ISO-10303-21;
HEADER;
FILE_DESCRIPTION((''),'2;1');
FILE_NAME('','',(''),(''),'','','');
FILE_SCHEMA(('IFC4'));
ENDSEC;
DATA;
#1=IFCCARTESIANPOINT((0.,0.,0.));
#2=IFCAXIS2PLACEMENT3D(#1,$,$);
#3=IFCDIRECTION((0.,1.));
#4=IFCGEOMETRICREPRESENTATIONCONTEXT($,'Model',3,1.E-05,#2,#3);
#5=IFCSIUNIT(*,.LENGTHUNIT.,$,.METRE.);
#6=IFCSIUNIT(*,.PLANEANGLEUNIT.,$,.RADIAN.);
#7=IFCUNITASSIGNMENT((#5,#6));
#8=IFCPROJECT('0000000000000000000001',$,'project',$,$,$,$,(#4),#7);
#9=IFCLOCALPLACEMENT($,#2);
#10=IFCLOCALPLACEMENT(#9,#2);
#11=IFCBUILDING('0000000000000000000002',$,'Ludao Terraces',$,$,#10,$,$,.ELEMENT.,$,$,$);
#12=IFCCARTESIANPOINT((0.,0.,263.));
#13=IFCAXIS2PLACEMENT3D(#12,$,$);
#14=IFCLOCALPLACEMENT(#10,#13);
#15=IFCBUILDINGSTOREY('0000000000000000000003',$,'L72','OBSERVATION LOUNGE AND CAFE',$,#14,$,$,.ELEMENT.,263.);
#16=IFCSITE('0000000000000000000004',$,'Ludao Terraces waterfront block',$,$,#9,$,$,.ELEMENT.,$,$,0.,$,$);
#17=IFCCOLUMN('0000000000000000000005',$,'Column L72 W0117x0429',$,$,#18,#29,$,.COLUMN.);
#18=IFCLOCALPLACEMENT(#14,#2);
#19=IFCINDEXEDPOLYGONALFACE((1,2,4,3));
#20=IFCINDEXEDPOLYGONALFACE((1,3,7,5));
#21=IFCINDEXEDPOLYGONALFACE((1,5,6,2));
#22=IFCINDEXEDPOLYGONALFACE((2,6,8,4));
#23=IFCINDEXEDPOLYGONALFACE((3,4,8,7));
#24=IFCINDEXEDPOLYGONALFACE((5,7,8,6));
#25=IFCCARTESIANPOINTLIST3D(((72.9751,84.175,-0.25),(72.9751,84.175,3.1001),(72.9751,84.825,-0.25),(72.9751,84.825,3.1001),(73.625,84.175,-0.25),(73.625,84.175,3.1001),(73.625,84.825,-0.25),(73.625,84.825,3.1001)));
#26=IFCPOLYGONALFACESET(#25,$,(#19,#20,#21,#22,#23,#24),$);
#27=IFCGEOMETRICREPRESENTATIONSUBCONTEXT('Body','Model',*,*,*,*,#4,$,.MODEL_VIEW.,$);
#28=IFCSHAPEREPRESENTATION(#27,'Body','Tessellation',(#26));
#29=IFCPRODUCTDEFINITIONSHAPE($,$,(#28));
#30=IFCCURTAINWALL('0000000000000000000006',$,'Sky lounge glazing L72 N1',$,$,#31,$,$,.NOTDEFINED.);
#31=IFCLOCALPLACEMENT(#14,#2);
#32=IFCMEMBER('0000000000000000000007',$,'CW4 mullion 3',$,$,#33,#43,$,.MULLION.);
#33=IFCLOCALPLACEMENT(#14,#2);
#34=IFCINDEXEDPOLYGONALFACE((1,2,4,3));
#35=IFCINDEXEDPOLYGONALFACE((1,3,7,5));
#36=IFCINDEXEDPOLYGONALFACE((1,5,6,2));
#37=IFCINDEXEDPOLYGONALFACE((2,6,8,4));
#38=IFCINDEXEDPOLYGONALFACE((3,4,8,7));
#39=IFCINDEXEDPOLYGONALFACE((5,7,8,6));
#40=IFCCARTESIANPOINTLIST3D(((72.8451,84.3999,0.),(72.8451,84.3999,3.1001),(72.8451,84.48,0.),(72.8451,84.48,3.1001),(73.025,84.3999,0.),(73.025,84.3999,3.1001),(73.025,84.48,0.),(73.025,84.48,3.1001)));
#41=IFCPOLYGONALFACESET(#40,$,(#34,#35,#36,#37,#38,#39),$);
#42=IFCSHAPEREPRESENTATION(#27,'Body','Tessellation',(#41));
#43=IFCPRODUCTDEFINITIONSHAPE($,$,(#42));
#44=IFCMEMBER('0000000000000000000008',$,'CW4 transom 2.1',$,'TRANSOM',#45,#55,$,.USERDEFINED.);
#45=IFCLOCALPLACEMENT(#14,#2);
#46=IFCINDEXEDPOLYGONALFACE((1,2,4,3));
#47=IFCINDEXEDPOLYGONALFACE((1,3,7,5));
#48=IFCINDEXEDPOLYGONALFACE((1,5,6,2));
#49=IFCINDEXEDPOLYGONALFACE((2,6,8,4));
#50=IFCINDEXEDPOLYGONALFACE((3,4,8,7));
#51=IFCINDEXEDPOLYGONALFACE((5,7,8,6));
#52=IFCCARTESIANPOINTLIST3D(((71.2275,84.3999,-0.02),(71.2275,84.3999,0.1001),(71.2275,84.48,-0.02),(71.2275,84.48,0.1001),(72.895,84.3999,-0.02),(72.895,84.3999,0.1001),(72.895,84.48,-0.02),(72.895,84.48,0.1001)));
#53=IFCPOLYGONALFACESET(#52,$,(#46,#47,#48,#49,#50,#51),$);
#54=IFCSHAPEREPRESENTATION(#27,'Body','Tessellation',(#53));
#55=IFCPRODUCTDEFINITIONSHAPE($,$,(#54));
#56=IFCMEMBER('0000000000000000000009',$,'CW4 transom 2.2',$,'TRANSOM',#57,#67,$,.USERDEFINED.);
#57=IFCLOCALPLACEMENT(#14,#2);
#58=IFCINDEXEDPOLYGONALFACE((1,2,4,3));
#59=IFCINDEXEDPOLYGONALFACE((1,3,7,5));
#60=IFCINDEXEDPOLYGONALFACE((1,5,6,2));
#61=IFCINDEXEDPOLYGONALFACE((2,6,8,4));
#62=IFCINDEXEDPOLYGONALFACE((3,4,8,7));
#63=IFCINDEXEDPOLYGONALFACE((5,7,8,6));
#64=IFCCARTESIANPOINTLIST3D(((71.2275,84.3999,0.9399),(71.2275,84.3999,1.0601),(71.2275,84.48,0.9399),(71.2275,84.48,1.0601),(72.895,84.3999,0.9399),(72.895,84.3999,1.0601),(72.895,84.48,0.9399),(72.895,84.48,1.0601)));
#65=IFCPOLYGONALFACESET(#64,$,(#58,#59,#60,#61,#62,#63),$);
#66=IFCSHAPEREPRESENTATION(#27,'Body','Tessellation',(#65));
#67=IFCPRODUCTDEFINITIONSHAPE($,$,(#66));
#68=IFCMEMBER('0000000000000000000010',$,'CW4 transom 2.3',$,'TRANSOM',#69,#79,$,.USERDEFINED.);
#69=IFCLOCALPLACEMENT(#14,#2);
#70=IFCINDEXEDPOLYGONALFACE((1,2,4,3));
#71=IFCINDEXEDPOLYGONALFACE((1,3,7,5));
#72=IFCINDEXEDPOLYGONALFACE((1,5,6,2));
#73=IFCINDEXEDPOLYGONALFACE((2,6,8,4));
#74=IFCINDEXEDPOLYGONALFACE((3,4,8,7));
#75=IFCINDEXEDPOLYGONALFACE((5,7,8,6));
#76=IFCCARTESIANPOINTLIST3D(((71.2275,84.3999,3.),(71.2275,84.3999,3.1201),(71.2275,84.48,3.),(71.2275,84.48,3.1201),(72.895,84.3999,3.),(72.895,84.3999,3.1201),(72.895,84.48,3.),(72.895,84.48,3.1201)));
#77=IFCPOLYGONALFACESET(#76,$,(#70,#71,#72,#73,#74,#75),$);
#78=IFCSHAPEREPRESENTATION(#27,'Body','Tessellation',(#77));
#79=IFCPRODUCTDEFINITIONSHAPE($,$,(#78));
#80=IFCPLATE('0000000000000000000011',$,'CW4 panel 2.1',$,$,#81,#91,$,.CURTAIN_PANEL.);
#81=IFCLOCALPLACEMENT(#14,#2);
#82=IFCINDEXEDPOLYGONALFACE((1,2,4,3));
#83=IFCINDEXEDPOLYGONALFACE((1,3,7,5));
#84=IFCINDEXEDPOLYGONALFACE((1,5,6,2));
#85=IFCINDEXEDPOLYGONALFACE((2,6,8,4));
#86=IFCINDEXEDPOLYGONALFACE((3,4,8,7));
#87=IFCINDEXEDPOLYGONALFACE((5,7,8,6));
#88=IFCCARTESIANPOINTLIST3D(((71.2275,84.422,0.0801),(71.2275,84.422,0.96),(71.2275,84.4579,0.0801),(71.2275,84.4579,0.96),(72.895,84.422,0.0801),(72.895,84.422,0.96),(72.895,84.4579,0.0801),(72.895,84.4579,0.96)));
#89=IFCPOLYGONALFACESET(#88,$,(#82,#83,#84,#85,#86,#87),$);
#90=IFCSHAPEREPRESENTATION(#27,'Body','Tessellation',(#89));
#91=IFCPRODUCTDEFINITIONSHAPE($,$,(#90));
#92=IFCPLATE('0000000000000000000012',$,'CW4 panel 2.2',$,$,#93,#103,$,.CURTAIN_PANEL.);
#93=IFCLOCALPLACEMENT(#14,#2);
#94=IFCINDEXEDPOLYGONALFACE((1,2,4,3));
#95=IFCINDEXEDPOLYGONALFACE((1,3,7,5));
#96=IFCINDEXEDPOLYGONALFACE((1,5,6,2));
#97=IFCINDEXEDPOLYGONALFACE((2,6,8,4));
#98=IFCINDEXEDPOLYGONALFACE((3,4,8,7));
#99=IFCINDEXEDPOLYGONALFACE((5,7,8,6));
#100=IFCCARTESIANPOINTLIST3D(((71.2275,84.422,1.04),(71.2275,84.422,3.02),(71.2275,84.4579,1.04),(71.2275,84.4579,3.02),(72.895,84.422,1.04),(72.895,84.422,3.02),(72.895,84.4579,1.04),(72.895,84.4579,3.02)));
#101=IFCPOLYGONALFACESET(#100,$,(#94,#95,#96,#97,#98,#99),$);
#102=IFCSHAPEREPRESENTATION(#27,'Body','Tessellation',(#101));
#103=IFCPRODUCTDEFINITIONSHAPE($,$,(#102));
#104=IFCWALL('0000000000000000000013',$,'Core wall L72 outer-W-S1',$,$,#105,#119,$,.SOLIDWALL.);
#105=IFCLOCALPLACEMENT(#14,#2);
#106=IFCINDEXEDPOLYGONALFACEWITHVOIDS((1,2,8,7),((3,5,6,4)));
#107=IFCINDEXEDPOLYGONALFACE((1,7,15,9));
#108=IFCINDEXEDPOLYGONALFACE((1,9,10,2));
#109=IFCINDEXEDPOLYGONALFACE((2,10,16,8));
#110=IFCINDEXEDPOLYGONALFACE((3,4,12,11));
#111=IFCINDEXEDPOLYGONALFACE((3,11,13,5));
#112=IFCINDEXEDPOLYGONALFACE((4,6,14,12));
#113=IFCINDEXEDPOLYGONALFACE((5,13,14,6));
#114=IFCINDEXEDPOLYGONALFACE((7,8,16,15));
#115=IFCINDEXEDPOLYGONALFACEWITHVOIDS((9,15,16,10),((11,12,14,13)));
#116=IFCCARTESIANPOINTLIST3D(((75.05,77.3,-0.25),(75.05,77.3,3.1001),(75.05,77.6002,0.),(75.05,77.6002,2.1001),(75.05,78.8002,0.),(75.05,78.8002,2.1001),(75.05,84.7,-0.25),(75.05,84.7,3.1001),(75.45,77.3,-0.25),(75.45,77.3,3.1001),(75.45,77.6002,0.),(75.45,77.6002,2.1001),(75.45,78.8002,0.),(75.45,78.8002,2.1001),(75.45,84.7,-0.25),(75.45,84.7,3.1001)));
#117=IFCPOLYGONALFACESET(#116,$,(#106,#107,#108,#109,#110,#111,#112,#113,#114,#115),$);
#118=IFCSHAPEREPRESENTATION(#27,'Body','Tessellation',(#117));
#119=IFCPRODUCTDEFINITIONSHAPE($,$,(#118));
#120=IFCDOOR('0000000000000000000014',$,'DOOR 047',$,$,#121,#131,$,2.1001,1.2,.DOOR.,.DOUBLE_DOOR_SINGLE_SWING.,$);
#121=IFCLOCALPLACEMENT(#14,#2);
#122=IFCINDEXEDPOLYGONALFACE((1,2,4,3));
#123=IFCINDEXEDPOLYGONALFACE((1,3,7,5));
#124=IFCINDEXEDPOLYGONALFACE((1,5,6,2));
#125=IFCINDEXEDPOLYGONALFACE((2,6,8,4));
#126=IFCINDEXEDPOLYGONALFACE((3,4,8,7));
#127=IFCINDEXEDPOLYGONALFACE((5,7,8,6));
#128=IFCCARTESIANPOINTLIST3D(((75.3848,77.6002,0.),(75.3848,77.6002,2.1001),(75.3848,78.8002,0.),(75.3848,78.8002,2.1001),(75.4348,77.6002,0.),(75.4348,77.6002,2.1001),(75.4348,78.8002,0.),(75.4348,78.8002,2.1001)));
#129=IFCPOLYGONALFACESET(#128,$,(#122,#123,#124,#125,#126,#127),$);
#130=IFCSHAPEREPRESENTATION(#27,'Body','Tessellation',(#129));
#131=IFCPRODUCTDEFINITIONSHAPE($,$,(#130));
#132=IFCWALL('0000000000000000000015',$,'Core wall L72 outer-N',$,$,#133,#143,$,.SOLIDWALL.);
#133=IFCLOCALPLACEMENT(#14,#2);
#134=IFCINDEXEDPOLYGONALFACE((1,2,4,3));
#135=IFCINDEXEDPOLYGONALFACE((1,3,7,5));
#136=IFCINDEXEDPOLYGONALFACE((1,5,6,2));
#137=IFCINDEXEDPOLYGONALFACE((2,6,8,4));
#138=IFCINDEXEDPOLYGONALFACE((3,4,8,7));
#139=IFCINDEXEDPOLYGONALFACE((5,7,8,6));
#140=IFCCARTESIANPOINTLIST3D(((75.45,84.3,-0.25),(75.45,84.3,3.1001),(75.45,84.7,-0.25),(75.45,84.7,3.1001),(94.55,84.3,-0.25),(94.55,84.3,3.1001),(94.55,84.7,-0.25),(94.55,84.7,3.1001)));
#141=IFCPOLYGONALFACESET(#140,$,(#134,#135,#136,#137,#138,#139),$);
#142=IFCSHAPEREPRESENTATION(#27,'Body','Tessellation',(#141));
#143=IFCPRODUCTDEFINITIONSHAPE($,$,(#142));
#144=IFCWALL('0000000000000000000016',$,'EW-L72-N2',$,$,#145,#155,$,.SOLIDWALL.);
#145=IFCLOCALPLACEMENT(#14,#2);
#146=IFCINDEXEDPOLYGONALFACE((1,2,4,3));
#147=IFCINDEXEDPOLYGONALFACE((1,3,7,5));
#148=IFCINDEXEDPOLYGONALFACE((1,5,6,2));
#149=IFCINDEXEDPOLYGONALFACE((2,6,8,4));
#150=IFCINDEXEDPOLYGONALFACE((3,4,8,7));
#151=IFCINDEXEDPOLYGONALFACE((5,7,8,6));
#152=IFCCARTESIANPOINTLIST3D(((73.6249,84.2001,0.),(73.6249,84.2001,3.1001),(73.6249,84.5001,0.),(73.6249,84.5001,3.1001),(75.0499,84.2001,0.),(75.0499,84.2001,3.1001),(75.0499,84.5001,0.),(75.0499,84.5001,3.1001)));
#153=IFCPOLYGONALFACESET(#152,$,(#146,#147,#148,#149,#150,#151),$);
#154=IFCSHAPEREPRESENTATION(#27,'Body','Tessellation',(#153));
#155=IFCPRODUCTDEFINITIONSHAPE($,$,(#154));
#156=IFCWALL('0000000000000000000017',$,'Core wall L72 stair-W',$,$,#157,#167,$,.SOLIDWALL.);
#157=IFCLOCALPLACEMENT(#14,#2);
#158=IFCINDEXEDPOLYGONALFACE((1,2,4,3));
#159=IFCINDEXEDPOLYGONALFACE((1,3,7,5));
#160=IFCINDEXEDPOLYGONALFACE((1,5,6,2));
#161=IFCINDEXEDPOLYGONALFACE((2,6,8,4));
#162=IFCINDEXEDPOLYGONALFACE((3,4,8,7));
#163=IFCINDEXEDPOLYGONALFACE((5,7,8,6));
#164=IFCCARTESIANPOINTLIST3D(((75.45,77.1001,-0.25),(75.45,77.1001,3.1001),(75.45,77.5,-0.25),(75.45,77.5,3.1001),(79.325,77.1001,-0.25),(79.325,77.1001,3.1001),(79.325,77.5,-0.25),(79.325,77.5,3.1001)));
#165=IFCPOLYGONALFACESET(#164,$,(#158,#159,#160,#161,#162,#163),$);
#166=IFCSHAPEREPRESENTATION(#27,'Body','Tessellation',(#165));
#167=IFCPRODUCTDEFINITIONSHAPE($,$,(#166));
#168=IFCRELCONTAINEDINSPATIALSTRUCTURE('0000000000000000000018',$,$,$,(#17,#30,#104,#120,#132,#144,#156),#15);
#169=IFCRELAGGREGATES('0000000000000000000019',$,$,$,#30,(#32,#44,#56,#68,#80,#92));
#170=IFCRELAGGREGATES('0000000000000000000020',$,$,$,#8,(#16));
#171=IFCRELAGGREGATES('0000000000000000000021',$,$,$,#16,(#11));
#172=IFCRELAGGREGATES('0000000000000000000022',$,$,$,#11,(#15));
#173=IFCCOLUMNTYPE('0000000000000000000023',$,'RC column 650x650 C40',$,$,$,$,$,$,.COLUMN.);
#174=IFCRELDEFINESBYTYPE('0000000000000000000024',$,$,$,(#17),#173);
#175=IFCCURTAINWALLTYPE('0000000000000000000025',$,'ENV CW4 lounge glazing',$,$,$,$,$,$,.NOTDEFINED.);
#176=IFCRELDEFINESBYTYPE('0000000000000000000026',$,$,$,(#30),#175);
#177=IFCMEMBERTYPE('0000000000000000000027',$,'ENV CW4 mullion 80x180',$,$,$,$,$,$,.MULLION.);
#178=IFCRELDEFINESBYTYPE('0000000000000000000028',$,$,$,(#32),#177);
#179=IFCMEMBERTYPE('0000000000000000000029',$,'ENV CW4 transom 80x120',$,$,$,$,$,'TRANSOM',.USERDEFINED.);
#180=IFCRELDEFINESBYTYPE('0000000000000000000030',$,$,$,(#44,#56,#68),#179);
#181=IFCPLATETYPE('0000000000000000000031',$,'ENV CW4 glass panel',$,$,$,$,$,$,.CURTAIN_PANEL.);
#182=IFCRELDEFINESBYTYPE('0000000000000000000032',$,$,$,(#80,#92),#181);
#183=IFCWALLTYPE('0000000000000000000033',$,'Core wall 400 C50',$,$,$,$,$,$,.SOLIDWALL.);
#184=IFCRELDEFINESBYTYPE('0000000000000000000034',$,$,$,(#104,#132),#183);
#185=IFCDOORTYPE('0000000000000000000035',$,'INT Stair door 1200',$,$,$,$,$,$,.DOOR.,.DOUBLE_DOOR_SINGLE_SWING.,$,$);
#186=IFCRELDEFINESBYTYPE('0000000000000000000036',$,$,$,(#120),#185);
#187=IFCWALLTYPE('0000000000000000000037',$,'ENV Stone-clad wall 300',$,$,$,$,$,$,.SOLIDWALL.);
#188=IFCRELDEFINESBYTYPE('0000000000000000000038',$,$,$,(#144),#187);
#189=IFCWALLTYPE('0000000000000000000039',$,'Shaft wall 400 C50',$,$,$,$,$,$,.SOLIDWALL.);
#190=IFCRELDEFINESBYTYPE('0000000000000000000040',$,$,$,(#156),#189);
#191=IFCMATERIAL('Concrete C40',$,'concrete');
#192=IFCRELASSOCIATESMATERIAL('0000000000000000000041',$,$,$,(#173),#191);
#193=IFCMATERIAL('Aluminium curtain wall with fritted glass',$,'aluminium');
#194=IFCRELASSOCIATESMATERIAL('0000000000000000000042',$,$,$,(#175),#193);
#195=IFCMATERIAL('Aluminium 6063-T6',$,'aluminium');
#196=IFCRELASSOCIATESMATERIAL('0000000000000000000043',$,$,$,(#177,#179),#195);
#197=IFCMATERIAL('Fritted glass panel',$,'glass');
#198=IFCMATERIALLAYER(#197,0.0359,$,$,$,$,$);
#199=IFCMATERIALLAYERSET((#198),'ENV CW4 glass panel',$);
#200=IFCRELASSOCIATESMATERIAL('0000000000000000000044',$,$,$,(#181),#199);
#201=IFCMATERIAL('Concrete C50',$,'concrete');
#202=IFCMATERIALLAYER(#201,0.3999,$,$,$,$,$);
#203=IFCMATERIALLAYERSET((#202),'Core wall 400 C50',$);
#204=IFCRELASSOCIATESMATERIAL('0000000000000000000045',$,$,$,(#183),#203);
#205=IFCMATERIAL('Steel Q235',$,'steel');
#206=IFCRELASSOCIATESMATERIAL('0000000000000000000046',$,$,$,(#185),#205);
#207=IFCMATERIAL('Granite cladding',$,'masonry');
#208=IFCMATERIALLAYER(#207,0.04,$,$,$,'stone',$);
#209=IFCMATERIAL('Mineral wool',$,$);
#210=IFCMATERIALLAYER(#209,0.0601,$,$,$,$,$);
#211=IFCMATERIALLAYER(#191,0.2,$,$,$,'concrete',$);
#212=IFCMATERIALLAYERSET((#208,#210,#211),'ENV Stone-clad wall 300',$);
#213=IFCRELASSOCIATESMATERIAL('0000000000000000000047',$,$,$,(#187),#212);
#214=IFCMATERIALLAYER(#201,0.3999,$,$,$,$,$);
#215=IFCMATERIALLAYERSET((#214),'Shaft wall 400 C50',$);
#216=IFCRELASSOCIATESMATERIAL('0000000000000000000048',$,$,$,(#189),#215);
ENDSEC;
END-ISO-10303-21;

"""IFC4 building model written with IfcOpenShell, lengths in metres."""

from ifc_helpers import new_model, si_unit, direction, frame, frame_2d, origin, origin_2d, place, context, subcontext, project, spatial, rectangle, extrude, material, layer, layer_set, material_profile, profile_set, type_object, element, fill, aggregate, save


model = new_model("IFC4")

# Units and contexts
model_context = context("Model", 3, precision=1e-05, world=origin(), true_north=direction((0.0, 1.0)))
body_context = subcontext(model_context, "Body", "Model", "MODEL_VIEW")
ifc_project = project(units=[si_unit("LENGTHUNIT", "METRE"), si_unit("PLANEANGLEUNIT", "RADIAN")], contexts=[model_context])

# Site, building, storey
site_placement = place(None, origin())
site = spatial("IfcSite", under=ifc_project, at=site_placement, Name="Ludao Terraces waterfront block", CompositionType="ELEMENT", RefElevation=0.0)
building_placement = place(site_placement, origin())
building = spatial("IfcBuilding", under=site, at=building_placement, Name="Ludao Terraces", CompositionType="ELEMENT")
storey_placement = place(building_placement, frame((0.0, 0.0, 263.0)))
storey = spatial("IfcBuildingStorey", under=building, at=storey_placement, Name="L72", Description="OBSERVATION LOUNGE AND CAFE", CompositionType="ELEMENT", Elevation=263.0)

# Column
ifc_material_1 = material(Name="Concrete C40", Category="concrete")
ifc_material_profile_1 = material_profile(ifc_material_1, rectangle(XDim=0.6499, YDim=0.6499, at=origin_2d()), Name="650 X 650")
ifc_profile_set_1 = profile_set([ifc_material_profile_1], Name="Concrete C40")
column_type = type_object("IfcColumnType", Name="RC column 650x650 C40", PredefinedType="COLUMN", material=ifc_profile_set_1)
column_placement = place(storey_placement, frame((73.3, 84.5, -0.25), z_axis=(0.0, 0.0, 1.0), x_axis=(1.0, 0.0, 0.0)))
element("IfcColumn", 1, at=column_placement, inside=storey, type_object=column_type, Name="Column L72 W0117x0429", PredefinedType="COLUMN", context=body_context, shape_type="SweptSolid", body=[
    extrude(rectangle(XDim=0.6499, YDim=0.6499, at=origin_2d()), origin(), (0.0, 0.0, 1.0), 3.3501),
])

# Curtain wall, members, plates
ifc_material_2 = material(Name="Aluminium curtain wall with fritted glass", Category="aluminium")
curtain_wall_type = type_object("IfcCurtainWallType", Name="ENV CW4 lounge glazing", PredefinedType="NOTDEFINED", material=ifc_material_2)
curtain_wall_placement = place(storey_placement, origin())
curtain_wall = element("IfcCurtainWall", 2, at=curtain_wall_placement, inside=storey, type_object=curtain_wall_type, Name="Sky lounge glazing L72 N1", PredefinedType="NOTDEFINED")
ifc_material_3 = material(Name="Aluminium 6063-T6", Category="aluminium")
ifc_material_profile_2 = material_profile(ifc_material_3, rectangle(XDim=0.0801, YDim=0.1799, at=origin_2d()), Name="80 X 180")
ifc_profile_set_2 = profile_set([ifc_material_profile_2], Name="Aluminium 6063-T6")
member_type_1 = type_object("IfcMemberType", Name="ENV CW4 mullion 80x180", PredefinedType="MULLION", material=ifc_profile_set_2)
member_1_placement = place(storey_placement, frame((72.9351, 84.4399, 0.0), z_axis=(0.0, 0.0, 1.0), x_axis=(0.0, 1.0, 0.0)))
member_1 = element("IfcMember", 3, at=member_1_placement, type_object=member_type_1, Name="CW4 mullion 3", PredefinedType="MULLION", context=body_context, shape_type="SweptSolid", body=[
    extrude(rectangle(XDim=0.0801, YDim=0.1799, at=origin_2d()), origin(), (0.0, 0.0, 1.0), 3.1001),
])
ifc_material_profile_3 = material_profile(ifc_material_3, rectangle(XDim=0.0801, YDim=0.1201, at=origin_2d()), Name="80 X 120")
ifc_profile_set_3 = profile_set([ifc_material_profile_3], Name="Aluminium 6063-T6")
member_type_2 = type_object("IfcMemberType", Name="ENV CW4 transom 80x120", ElementType="TRANSOM", PredefinedType="USERDEFINED", material=ifc_profile_set_3)
member_2_placement = place(storey_placement, frame((71.2275, 84.4399, 0.04), z_axis=(1.0, 0.0, 0.0), x_axis=(0.0, 1.0, 0.0)))
member_2 = element("IfcMember", 4, at=member_2_placement, type_object=member_type_2, Name="CW4 transom 2.1", ObjectType="TRANSOM", PredefinedType="USERDEFINED", context=body_context, shape_type="SweptSolid", body=[
    extrude(rectangle(XDim=0.0801, YDim=0.1201, at=origin_2d()), origin(), (0.0, 0.0, 1.0), 1.6675),
])
member_3_placement = place(storey_placement, frame((71.2275, 84.4399, 1.0), z_axis=(1.0, 0.0, 0.0), x_axis=(0.0, 1.0, 0.0)))
member_3 = element("IfcMember", 5, at=member_3_placement, type_object=member_type_2, Name="CW4 transom 2.2", ObjectType="TRANSOM", PredefinedType="USERDEFINED", context=body_context, shape_type="SweptSolid", body=[
    extrude(rectangle(XDim=0.0801, YDim=0.1201, at=origin_2d()), origin(), (0.0, 0.0, 1.0), 1.6675),
])
member_4_placement = place(storey_placement, frame((71.2275, 84.4399, 3.0601), z_axis=(1.0, 0.0, 0.0), x_axis=(0.0, 1.0, 0.0)))
member_4 = element("IfcMember", 6, at=member_4_placement, type_object=member_type_2, Name="CW4 transom 2.3", ObjectType="TRANSOM", PredefinedType="USERDEFINED", context=body_context, shape_type="SweptSolid", body=[
    extrude(rectangle(XDim=0.0801, YDim=0.1201, at=origin_2d()), origin(), (0.0, 0.0, 1.0), 1.6675),
])
ifc_material_4 = material(Name="Fritted glass panel", Category="glass")
ifc_layer_1 = layer(ifc_material_4, 0.0359)
ifc_layer_set_1 = layer_set([ifc_layer_1], Name="ENV CW4 glass panel")
plate_type = type_object("IfcPlateType", Name="ENV CW4 glass panel", PredefinedType="CURTAIN_PANEL", material=ifc_layer_set_1)
plate_1_placement = place(storey_placement, frame((72.0613, 84.4399, 0.0801), z_axis=(0.0, 0.0, 1.0), x_axis=(1.0, 0.0, 0.0)))
plate_1 = element("IfcPlate", 7, at=plate_1_placement, type_object=plate_type, Name="CW4 panel 2.1", PredefinedType="CURTAIN_PANEL", context=body_context, shape_type="SweptSolid", body=[
    extrude(rectangle(XDim=1.6675, YDim=0.0359, at=origin_2d()), origin(), (0.0, 0.0, 1.0), 0.8799),
])
plate_2_placement = place(storey_placement, frame((72.0613, 84.4399, 1.04), z_axis=(0.0, 0.0, 1.0), x_axis=(1.0, 0.0, 0.0)))
plate_2 = element("IfcPlate", 8, at=plate_2_placement, type_object=plate_type, Name="CW4 panel 2.2", PredefinedType="CURTAIN_PANEL", context=body_context, shape_type="SweptSolid", body=[
    extrude(rectangle(XDim=1.6675, YDim=0.0359, at=origin_2d()), origin(), (0.0, 0.0, 1.0), 1.98),
])
aggregate(curtain_wall, [member_1, member_2, member_3, member_4, plate_1, plate_2])

# Wall, opening, door
ifc_material_5 = material(Name="Concrete C50", Category="concrete")
ifc_layer_2 = layer(ifc_material_5, 0.3999)
ifc_layer_set_2 = layer_set([ifc_layer_2], Name="Core wall 400 C50")
wall_type_1 = type_object("IfcWallType", Name="Core wall 400 C50", PredefinedType="SOLIDWALL", material=ifc_layer_set_2)
wall_1_placement = place(storey_placement, frame((75.25, 77.3, -0.25), z_axis=(0.0, 0.0, 1.0), x_axis=(0.0, 1.0, 0.0)))
wall_1 = element("IfcWall", 9, at=wall_1_placement, inside=storey, type_object=wall_type_1, Name="Core wall L72 outer-W-S1", PredefinedType="SOLIDWALL", context=body_context, shape_type="SweptSolid", body=[
    extrude(rectangle(XDim=7.3999, YDim=0.3999, at=frame_2d((3.7, 0.0))), origin(), (0.0, 0.0, 1.0), 3.3501),
])
opening_placement = place(wall_1_placement, frame((0.3, 0.0, 0.25)))
opening = element("IfcOpeningElement", 10, at=opening_placement, cuts=wall_1, PredefinedType="OPENING", context=body_context, shape_type="SweptSolid", body=[
    extrude(rectangle(XDim=1.2, YDim=2.1001, at=frame_2d((0.6001, 1.05))), frame((0.0, 0.21, 0.0), z_axis=(0.0, -1.0, 0.0), x_axis=(1.0, 0.0, 0.0)), (0.0, 0.0, 1.0), 0.4199),
])
ifc_material_6 = material(Name="Steel Q235", Category="steel")
door_type = type_object("IfcDoorType", Name="INT Stair door 1200", OperationType="DOUBLE_DOOR_SINGLE_SWING", PredefinedType="DOOR", material=ifc_material_6)
door_placement = place(opening_placement, origin())
door = element("IfcDoor", 11, at=door_placement, inside=storey, type_object=door_type, Name="DOOR 047", OperationType="DOUBLE_DOOR_SINGLE_SWING", OverallHeight=2.1001, OverallWidth=1.2, PredefinedType="DOOR", context=body_context, shape_type="SweptSolid", body=[
    extrude(rectangle(XDim=1.2, YDim=2.1001, at=frame_2d((0.6001, 1.05))), frame((0.0, -0.1348, 0.0), z_axis=(0.0, -1.0, 0.0), x_axis=(1.0, 0.0, 0.0)), (0.0, 0.0, 1.0), 0.05),
])
fill(opening, door)

# Walls
wall_2_placement = place(storey_placement, frame((75.45, 84.5, -0.25), z_axis=(0.0, 0.0, 1.0), x_axis=(1.0, 0.0, 0.0)))
element("IfcWall", 12, at=wall_2_placement, inside=storey, type_object=wall_type_1, Name="Core wall L72 outer-N", PredefinedType="SOLIDWALL", context=body_context, shape_type="SweptSolid", body=[
    extrude(rectangle(XDim=19.1001, YDim=0.3999, at=frame_2d((9.55, 0.0))), origin(), (0.0, 0.0, 1.0), 3.3501),
])
ifc_material_7 = material(Name="Granite cladding", Category="masonry")
ifc_layer_3 = layer(ifc_material_7, 0.04, Category="stone")
ifc_material_8 = material(Name="Mineral wool")
ifc_layer_4 = layer(ifc_material_8, 0.0601)
ifc_layer_5 = layer(ifc_material_1, 0.2, Category="concrete")
ifc_layer_set_3 = layer_set([ifc_layer_3, ifc_layer_4, ifc_layer_5], Name="ENV Stone-clad wall 300")
wall_type_2 = type_object("IfcWallType", Name="ENV Stone-clad wall 300", PredefinedType="SOLIDWALL", material=ifc_layer_set_3)
wall_3_placement = place(storey_placement, frame((73.625, 84.3501, 0.0), z_axis=(0.0, 0.0, 1.0), x_axis=(1.0, 0.0, 0.0)))
element("IfcWall", 13, at=wall_3_placement, inside=storey, type_object=wall_type_2, Name="EW-L72-N2", PredefinedType="SOLIDWALL", context=body_context, shape_type="SweptSolid", body=[
    extrude(rectangle(XDim=1.425, YDim=0.3, at=frame_2d((0.7124, 0.0))), origin(), (0.0, 0.0, 1.0), 3.1001),
])
ifc_layer_6 = layer(ifc_material_5, 0.3999)
ifc_layer_set_4 = layer_set([ifc_layer_6], Name="Shaft wall 400 C50")
wall_type_3 = type_object("IfcWallType", Name="Shaft wall 400 C50", PredefinedType="SOLIDWALL", material=ifc_layer_set_4)
wall_4_placement = place(storey_placement, frame((75.45, 77.3, -0.25), z_axis=(0.0, 0.0, 1.0), x_axis=(1.0, 0.0, 0.0)))
element("IfcWall", 14, at=wall_4_placement, inside=storey, type_object=wall_type_3, Name="Core wall L72 stair-W", PredefinedType="SOLIDWALL", context=body_context, shape_type="SweptSolid", body=[
    extrude(rectangle(XDim=3.875, YDim=0.3999, at=frame_2d((1.9375, 0.0))), origin(), (0.0, 0.0, 1.0), 3.3501),
])

save(model, "model.ifc")
